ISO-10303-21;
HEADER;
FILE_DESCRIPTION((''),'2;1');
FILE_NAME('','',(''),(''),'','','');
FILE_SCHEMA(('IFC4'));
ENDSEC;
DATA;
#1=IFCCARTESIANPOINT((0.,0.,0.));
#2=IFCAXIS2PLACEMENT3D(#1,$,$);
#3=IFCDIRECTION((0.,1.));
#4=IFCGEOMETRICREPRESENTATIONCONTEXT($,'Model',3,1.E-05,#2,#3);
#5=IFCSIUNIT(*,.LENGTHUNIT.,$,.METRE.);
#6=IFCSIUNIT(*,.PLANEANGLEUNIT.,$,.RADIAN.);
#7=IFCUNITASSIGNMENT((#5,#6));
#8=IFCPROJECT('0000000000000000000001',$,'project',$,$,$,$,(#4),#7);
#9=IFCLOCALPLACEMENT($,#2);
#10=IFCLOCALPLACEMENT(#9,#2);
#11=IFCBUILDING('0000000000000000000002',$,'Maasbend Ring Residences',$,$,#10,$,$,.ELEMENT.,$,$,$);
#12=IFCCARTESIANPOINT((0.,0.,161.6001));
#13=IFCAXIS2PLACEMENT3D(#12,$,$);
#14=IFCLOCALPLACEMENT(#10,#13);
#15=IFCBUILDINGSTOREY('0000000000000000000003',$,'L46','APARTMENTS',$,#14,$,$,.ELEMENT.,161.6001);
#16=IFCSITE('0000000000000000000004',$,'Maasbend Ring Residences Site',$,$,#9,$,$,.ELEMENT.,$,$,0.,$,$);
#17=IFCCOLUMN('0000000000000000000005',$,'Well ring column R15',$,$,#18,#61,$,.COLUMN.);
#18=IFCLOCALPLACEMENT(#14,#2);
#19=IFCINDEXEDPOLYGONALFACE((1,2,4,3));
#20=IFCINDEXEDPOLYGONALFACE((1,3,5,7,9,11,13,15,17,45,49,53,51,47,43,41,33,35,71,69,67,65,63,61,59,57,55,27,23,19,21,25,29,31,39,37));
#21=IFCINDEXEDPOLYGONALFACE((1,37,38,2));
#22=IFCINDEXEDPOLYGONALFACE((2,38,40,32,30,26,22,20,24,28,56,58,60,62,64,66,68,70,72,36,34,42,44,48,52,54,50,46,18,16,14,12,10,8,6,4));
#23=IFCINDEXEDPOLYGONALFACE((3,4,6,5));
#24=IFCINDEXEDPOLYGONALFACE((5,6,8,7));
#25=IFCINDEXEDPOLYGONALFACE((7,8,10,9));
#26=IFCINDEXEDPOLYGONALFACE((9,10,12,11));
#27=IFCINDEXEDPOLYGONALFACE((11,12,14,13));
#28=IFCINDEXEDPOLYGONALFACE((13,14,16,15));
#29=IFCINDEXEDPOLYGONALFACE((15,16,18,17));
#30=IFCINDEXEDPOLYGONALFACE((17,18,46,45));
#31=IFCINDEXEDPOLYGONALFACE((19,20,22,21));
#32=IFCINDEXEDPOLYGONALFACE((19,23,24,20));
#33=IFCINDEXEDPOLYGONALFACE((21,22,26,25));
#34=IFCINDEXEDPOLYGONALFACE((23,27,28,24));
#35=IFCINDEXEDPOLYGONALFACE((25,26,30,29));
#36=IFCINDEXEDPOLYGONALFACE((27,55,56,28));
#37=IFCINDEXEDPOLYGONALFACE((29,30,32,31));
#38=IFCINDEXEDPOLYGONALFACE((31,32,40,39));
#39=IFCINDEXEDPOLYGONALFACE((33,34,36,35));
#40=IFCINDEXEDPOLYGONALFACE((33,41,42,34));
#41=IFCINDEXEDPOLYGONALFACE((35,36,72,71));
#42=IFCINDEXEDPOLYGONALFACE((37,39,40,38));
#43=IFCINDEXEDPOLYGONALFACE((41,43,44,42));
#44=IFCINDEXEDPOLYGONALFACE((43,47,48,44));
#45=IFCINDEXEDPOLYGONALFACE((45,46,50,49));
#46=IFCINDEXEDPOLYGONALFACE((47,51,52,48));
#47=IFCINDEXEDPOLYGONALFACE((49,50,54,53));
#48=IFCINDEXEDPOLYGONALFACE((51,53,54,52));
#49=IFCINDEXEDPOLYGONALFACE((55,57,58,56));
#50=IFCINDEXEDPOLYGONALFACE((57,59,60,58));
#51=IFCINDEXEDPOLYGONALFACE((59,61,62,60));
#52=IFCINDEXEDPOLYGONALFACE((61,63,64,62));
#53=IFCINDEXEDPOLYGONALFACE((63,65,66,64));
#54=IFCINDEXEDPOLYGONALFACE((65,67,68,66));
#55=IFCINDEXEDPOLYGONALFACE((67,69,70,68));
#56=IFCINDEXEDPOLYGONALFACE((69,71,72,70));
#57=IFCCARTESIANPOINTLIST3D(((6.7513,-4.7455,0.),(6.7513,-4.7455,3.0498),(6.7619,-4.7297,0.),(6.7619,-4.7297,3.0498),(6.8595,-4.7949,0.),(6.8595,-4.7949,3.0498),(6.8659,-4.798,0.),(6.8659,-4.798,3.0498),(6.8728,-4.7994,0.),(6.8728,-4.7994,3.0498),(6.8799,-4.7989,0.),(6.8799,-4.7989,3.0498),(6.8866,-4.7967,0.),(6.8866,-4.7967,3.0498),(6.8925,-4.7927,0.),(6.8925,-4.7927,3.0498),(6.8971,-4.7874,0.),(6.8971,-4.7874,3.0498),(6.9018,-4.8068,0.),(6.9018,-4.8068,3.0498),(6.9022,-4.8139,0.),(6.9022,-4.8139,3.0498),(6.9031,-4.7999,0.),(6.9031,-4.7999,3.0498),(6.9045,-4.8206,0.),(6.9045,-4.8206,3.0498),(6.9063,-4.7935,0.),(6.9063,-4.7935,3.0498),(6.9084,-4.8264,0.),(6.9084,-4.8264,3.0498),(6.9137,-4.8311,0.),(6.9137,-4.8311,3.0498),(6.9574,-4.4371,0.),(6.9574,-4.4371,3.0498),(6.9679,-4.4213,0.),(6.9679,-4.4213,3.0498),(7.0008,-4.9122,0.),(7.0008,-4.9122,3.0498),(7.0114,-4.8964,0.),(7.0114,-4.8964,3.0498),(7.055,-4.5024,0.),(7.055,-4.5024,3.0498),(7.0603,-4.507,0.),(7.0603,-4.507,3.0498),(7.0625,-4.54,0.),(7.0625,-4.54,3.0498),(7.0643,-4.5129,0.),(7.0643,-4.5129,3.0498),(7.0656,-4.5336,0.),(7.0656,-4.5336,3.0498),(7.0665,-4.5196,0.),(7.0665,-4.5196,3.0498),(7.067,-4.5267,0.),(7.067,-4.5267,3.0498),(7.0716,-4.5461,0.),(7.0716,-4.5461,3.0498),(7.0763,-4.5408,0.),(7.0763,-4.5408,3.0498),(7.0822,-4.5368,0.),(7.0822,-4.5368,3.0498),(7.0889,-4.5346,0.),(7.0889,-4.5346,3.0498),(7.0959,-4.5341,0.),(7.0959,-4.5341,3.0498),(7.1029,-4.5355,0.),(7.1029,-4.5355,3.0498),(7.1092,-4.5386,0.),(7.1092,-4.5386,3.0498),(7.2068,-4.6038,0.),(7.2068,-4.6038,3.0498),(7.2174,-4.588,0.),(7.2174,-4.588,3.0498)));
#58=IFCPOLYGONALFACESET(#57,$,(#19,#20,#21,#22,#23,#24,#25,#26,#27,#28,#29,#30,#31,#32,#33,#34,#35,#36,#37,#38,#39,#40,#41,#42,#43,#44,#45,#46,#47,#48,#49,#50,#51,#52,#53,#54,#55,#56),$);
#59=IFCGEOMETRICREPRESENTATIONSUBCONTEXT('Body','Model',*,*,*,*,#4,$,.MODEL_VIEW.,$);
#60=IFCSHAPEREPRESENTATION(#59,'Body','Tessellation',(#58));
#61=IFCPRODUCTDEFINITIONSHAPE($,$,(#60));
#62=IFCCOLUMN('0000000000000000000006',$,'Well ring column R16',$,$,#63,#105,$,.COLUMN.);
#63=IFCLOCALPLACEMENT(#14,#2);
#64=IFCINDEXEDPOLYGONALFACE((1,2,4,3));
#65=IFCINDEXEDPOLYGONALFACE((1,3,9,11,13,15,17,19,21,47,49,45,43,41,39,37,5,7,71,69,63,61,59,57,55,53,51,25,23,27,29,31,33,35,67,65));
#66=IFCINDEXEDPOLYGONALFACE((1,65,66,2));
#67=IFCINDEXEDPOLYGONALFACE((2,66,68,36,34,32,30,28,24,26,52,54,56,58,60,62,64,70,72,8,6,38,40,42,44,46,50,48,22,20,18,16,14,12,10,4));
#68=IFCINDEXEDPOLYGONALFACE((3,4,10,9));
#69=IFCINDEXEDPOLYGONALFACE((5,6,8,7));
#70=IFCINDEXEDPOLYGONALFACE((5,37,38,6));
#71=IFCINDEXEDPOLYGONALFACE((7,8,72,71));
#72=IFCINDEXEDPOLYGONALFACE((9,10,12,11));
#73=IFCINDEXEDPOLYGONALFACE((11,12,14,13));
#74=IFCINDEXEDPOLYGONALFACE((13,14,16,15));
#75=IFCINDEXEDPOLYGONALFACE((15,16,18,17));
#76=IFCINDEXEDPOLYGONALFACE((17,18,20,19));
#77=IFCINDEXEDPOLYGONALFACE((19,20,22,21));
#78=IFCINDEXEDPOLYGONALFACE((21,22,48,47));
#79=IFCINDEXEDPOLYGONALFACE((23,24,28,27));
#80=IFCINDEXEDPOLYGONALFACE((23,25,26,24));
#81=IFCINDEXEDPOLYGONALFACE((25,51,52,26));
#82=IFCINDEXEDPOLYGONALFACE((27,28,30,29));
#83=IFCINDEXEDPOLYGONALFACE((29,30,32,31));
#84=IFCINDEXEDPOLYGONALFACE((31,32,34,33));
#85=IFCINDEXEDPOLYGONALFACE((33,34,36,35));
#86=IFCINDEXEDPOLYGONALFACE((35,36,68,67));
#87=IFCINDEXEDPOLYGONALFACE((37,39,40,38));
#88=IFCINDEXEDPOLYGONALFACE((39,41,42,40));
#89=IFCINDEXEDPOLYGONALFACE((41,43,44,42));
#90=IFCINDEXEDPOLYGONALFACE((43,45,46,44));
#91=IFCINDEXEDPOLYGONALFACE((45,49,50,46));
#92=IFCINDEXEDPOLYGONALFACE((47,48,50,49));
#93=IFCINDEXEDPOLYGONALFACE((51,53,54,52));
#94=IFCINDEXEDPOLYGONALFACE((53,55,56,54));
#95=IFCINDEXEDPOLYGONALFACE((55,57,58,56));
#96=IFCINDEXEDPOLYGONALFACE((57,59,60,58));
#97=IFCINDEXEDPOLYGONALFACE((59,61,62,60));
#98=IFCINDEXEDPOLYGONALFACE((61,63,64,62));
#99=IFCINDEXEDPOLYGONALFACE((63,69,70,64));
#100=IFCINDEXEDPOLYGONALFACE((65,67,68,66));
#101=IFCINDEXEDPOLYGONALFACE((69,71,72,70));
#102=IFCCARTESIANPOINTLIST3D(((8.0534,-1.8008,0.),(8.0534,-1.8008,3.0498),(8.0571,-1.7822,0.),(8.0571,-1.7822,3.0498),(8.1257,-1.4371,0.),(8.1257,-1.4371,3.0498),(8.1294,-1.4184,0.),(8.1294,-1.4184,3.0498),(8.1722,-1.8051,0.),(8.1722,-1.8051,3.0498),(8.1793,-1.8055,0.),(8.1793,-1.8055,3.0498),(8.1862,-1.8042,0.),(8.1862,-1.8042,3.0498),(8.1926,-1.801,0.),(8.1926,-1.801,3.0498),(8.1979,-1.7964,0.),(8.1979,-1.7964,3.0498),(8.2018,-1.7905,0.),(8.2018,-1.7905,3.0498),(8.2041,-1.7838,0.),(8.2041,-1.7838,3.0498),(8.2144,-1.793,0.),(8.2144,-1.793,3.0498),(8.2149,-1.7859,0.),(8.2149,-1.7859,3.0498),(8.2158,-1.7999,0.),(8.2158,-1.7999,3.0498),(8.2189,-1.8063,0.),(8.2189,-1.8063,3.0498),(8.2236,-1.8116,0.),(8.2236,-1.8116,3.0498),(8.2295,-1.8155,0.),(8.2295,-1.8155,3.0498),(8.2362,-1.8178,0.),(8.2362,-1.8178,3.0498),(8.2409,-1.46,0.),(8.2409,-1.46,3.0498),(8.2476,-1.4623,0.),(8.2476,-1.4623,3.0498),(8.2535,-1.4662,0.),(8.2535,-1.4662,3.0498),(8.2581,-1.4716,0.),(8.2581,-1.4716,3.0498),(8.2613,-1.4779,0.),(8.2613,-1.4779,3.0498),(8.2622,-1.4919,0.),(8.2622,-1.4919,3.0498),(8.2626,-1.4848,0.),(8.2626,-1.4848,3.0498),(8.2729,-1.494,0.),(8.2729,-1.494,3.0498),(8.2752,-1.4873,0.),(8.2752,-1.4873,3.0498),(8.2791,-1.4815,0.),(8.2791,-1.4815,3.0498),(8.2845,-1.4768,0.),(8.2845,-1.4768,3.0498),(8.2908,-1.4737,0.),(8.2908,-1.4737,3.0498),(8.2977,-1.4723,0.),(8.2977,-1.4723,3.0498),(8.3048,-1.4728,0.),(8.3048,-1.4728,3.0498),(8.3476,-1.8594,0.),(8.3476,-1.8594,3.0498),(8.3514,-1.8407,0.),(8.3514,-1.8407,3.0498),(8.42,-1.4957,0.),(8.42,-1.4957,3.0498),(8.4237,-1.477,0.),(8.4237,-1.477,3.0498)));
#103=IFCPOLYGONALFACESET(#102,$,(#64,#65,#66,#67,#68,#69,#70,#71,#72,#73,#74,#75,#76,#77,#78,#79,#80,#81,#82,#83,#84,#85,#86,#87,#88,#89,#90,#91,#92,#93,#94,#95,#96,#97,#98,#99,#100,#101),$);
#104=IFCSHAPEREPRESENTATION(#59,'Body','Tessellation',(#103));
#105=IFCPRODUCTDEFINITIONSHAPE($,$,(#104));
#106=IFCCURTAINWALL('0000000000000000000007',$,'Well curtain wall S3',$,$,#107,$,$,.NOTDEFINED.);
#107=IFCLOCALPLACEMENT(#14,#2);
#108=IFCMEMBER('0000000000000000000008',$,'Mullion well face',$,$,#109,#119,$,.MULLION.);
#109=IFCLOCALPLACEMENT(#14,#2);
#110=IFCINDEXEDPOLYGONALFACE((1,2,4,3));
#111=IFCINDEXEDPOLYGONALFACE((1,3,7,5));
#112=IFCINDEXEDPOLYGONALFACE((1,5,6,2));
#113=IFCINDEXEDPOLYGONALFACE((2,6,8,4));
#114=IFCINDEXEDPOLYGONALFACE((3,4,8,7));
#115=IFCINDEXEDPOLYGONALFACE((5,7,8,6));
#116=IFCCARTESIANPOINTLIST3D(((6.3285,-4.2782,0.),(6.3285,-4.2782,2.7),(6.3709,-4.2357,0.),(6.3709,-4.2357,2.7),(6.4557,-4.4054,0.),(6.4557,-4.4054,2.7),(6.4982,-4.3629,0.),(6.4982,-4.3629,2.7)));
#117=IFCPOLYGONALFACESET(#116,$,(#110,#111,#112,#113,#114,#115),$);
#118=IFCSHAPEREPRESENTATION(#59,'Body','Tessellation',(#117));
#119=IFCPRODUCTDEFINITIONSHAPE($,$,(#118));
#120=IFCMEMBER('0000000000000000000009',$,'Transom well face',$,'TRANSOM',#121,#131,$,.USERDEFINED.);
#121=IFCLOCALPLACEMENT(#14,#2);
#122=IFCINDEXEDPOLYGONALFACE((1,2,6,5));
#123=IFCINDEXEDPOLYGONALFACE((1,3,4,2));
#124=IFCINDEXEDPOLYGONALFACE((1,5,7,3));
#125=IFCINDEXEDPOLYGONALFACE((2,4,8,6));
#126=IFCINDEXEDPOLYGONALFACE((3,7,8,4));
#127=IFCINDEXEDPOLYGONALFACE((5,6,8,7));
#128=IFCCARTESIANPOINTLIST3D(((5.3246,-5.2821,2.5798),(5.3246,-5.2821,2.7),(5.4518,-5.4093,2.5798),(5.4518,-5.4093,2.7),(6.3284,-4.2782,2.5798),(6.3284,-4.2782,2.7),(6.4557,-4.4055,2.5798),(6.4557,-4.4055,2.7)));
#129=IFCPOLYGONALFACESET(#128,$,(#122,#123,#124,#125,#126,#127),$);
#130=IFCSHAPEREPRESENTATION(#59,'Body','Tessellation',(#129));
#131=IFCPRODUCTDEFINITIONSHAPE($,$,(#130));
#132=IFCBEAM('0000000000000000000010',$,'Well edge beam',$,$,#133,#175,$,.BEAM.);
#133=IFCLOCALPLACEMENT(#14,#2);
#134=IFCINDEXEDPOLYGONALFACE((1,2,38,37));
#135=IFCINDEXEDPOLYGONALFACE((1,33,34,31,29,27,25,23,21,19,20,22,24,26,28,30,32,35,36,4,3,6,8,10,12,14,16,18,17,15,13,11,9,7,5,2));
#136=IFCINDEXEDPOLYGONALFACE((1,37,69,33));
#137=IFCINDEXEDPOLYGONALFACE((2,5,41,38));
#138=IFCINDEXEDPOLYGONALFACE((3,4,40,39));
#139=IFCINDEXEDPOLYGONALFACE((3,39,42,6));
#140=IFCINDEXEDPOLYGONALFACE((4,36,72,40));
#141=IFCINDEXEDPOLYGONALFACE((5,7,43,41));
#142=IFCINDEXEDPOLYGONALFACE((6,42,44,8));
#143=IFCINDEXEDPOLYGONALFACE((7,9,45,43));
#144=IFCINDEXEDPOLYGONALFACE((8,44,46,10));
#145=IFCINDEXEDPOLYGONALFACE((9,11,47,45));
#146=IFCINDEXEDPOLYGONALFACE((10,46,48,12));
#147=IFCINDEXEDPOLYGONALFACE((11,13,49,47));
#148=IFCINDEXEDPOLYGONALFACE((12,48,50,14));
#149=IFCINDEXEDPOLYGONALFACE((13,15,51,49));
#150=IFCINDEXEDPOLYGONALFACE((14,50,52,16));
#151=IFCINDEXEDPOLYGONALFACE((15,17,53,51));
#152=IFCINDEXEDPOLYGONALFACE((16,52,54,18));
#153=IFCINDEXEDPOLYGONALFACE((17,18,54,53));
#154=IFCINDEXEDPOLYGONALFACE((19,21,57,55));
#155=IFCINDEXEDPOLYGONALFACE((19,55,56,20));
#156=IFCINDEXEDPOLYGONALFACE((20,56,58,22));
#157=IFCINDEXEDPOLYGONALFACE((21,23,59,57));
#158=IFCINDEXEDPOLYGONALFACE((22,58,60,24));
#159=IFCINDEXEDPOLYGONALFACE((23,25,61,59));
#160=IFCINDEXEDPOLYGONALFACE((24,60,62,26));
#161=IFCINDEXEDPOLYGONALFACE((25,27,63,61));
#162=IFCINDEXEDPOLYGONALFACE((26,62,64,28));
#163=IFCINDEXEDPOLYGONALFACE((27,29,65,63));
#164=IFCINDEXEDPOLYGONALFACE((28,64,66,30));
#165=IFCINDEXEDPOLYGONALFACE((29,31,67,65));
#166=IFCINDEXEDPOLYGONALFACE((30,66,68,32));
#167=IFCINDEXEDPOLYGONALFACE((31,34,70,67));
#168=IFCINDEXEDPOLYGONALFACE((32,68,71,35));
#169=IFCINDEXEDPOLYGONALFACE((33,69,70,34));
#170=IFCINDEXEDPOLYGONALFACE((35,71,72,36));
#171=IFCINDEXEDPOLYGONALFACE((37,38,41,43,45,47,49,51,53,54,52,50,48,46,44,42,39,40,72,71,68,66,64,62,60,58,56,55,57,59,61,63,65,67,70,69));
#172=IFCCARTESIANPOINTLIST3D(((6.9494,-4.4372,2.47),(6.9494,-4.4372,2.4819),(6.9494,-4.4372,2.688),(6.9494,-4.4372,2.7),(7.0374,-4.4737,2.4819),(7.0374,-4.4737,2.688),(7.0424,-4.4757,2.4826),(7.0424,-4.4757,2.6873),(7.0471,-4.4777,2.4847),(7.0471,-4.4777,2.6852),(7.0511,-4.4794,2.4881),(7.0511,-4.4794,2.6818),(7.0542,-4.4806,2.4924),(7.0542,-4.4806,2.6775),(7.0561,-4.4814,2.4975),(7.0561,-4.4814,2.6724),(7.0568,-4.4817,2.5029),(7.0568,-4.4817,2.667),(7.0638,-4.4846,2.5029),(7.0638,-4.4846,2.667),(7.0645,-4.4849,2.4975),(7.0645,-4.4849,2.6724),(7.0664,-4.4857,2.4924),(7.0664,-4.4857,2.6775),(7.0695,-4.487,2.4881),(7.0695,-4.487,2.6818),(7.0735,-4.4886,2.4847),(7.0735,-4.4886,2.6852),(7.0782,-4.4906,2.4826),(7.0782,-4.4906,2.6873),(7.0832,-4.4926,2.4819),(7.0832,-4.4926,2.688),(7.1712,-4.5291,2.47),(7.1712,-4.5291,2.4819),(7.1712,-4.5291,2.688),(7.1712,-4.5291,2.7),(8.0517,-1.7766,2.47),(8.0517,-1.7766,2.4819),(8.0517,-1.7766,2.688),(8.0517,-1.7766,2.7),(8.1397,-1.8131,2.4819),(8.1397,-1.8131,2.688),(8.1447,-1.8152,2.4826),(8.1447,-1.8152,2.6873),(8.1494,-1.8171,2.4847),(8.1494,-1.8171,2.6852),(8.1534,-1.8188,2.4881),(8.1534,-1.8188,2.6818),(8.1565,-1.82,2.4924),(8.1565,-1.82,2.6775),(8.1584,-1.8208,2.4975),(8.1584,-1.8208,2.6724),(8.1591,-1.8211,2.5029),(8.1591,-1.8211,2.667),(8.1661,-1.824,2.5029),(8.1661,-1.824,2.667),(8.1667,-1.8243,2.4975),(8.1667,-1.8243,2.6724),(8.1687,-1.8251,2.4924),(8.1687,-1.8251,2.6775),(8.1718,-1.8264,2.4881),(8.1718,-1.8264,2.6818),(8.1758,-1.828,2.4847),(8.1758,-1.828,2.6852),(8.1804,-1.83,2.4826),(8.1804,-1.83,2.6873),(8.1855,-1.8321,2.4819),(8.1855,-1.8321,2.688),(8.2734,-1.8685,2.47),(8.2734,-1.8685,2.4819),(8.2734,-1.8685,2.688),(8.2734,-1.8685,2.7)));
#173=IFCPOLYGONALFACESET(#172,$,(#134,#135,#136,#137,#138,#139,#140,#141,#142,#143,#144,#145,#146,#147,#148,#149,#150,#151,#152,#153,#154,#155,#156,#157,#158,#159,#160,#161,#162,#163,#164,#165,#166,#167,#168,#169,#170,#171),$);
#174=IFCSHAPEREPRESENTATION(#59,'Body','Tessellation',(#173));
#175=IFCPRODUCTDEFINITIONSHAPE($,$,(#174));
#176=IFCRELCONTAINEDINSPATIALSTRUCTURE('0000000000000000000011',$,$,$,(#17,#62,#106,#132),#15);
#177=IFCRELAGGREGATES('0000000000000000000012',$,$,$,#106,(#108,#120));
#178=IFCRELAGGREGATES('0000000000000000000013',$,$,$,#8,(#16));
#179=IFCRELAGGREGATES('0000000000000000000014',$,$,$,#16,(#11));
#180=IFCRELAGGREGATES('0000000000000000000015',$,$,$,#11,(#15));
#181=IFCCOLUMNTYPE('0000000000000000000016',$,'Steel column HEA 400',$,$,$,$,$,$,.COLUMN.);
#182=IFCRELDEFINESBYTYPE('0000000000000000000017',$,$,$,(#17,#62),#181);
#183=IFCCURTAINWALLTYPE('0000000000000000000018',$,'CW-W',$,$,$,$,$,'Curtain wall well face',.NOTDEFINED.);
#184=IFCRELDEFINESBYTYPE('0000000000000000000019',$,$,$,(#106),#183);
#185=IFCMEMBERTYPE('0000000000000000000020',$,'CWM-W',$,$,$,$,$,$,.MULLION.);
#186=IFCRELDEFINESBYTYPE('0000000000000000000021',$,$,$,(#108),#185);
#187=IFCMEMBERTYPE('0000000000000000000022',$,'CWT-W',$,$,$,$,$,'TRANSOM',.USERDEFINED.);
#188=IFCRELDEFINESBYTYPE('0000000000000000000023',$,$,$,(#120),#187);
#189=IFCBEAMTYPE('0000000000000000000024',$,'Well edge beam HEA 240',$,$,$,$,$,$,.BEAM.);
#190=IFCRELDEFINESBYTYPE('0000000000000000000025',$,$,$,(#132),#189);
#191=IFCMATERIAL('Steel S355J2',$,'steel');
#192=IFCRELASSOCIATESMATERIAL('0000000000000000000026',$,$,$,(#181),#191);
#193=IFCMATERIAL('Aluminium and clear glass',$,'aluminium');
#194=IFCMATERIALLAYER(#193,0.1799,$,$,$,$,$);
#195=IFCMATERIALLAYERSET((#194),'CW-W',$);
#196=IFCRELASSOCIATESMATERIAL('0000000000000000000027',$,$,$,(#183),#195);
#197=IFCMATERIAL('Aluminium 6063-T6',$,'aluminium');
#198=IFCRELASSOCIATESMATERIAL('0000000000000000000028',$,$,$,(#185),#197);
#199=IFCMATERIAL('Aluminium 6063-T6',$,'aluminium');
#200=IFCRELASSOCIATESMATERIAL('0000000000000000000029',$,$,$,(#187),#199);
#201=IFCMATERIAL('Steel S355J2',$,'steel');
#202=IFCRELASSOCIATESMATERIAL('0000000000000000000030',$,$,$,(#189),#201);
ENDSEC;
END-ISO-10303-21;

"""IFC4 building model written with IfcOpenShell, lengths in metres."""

from ifc_helpers import new_model, si_unit, direction, frame, origin, origin_2d, place, context, subcontext, project, spatial, rectangle, i_section, extrude, material, layer, layer_set, material_profile, profile_set, type_object, element, aggregate, save


model = new_model("IFC4")

# Units and contexts
model_context = context("Model", 3, precision=1e-05, world=origin(), true_north=direction((0.0, 1.0)))
body_context = subcontext(model_context, "Body", "Model", "MODEL_VIEW")
ifc_project = project(units=[si_unit("LENGTHUNIT", "METRE"), si_unit("PLANEANGLEUNIT", "RADIAN")], contexts=[model_context])

# Site, building, storey
site_placement = place(None, origin())
site = spatial("IfcSite", under=ifc_project, at=site_placement, Name="Maasbend Ring Residences Site", CompositionType="ELEMENT", RefElevation=0.0)
building_placement = place(site_placement, origin())
building = spatial("IfcBuilding", under=site, at=building_placement, Name="Maasbend Ring Residences", CompositionType="ELEMENT")
storey_placement = place(building_placement, frame((0.0, 0.0, 161.6001)))
storey = spatial("IfcBuildingStorey", under=building, at=storey_placement, Name="L46", Description="APARTMENTS", CompositionType="ELEMENT", Elevation=161.6001)

# Columns
ifc_material_1 = material(Name="Steel S355J2", Category="steel")
ifc_material_profile_1 = material_profile(ifc_material_1, i_section(OverallWidth=0.3, OverallDepth=0.3899, WebThickness=0.011, FlangeThickness=0.019, FilletRadius=0.0271, at=origin_2d()), Name="HEA 400")
ifc_profile_set_1 = profile_set([ifc_material_profile_1], Name="Steel S355J2")
column_type = type_object("IfcColumnType", Name="Steel column HEA 400", PredefinedType="COLUMN", material=ifc_profile_set_1)
for number, where, z_axis, x_axis, name in (
    (1, (6.9844, -4.6667, 0.0), (0.0, 0.0, 1.0), (0.83147, -0.55557, 0.0), "Well ring column R15"),
    (2, (8.2385, -1.6389, 0.0), (0.0, 0.0, 1.0), (0.980785, -0.19509, 0.0), "Well ring column R16"),
):
    element("IfcColumn", number, at=place(storey_placement, frame(where, z_axis=z_axis, x_axis=x_axis)), inside=storey, type_object=column_type, Name=name, PredefinedType="COLUMN", context=body_context, shape_type="SweptSolid", body=[
        extrude(i_section(OverallWidth=0.3, OverallDepth=0.3899, WebThickness=0.011, FlangeThickness=0.019, FilletRadius=0.0271, at=origin_2d()), origin(), (0.0, 0.0, 1.0), 3.0498),
    ])

# Curtain wall, members
ifc_material_2 = material(Name="Aluminium and clear glass", Category="aluminium")
ifc_layer_1 = layer(ifc_material_2, 0.1799)
ifc_layer_set_1 = layer_set([ifc_layer_1], Name="CW-W")
curtain_wall_type = type_object("IfcCurtainWallType", Name="CW-W", ElementType="Curtain wall well face", PredefinedType="NOTDEFINED", material=ifc_layer_set_1)
curtain_wall_placement = place(storey_placement, origin())
curtain_wall = element("IfcCurtainWall", 3, at=curtain_wall_placement, inside=storey, type_object=curtain_wall_type, Name="Well curtain wall S3", PredefinedType="NOTDEFINED")
ifc_material_3 = material(Name="Aluminium 6063-T6", Category="aluminium")
ifc_material_profile_2 = material_profile(ifc_material_3, rectangle(XDim=0.1799, YDim=0.0601, at=origin_2d()), Name="AL 180x60")
ifc_profile_set_2 = profile_set([ifc_material_profile_2], Name="Aluminium 6063-T6")
member_type_1 = type_object("IfcMemberType", Name="CWM-W", PredefinedType="MULLION", material=ifc_profile_set_2)
member_1_placement = place(storey_placement, frame((6.4133, -4.3206, 0.0), z_axis=(0.0, 0.0, 1.0), x_axis=(-0.707107, 0.707107, 0.0)))
member_1 = element("IfcMember", 4, at=member_1_placement, type_object=member_type_1, Name="Mullion well face", PredefinedType="MULLION", context=body_context, shape_type="SweptSolid", body=[
    extrude(rectangle(XDim=0.1799, YDim=0.0601, at=origin_2d()), origin(), (0.0, 0.0, 1.0), 2.7),
])
ifc_material_4 = material(Name="Aluminium 6063-T6", Category="aluminium")
ifc_material_profile_3 = material_profile(ifc_material_4, rectangle(XDim=0.1799, YDim=0.1201, at=origin_2d()), Name="AL 180x120")
ifc_profile_set_3 = profile_set([ifc_material_profile_3], Name="Aluminium 6063-T6")
member_type_2 = type_object("IfcMemberType", Name="CWT-W", ElementType="TRANSOM", PredefinedType="USERDEFINED", material=ifc_profile_set_3)
member_2_placement = place(storey_placement, frame((5.3882, -5.3457, 2.6399), z_axis=(0.707107, 0.707107, 0.0), x_axis=(-0.707107, 0.707107, 0.0)))
member_2 = element("IfcMember", 5, at=member_2_placement, type_object=member_type_2, Name="Transom well face", ObjectType="TRANSOM", PredefinedType="USERDEFINED", context=body_context, shape_type="SweptSolid", body=[
    extrude(rectangle(XDim=0.1799, YDim=0.1201, at=origin_2d()), origin(), (0.0, 0.0, 1.0), 1.4197),
])

# Beam
ifc_material_5 = material(Name="Steel S355J2", Category="steel")
ifc_material_profile_4 = material_profile(ifc_material_5, i_section(OverallWidth=0.24, OverallDepth=0.23, WebThickness=0.0076, FlangeThickness=0.012, FilletRadius=0.021, at=origin_2d()), Name="HEA 240")
ifc_profile_set_4 = profile_set([ifc_material_profile_4], Name="Steel S355J2")
beam_type = type_object("IfcBeamType", Name="Well edge beam HEA 240", PredefinedType="BEAM", material=ifc_profile_set_4)
for number, where, z_axis, x_axis, name in (
    (6, (7.0603, -4.4832, 2.585), (0.382749, 0.923853, 0.0), (-0.923853, 0.382749, 0.0), "Well edge beam"),
):
    element("IfcBeam", number, at=place(storey_placement, frame(where, z_axis=z_axis, x_axis=x_axis)), inside=storey, type_object=beam_type, Name=name, PredefinedType="BEAM", context=body_context, shape_type="SweptSolid", body=[
        extrude(i_section(OverallWidth=0.24, OverallDepth=0.23, WebThickness=0.0076, FlangeThickness=0.012, FilletRadius=0.021, at=origin_2d()), origin(), (0.0, 0.0, 1.0), 2.8799),
    ])

aggregate(curtain_wall, [member_1, member_2])

save(model, "model.ifc")
